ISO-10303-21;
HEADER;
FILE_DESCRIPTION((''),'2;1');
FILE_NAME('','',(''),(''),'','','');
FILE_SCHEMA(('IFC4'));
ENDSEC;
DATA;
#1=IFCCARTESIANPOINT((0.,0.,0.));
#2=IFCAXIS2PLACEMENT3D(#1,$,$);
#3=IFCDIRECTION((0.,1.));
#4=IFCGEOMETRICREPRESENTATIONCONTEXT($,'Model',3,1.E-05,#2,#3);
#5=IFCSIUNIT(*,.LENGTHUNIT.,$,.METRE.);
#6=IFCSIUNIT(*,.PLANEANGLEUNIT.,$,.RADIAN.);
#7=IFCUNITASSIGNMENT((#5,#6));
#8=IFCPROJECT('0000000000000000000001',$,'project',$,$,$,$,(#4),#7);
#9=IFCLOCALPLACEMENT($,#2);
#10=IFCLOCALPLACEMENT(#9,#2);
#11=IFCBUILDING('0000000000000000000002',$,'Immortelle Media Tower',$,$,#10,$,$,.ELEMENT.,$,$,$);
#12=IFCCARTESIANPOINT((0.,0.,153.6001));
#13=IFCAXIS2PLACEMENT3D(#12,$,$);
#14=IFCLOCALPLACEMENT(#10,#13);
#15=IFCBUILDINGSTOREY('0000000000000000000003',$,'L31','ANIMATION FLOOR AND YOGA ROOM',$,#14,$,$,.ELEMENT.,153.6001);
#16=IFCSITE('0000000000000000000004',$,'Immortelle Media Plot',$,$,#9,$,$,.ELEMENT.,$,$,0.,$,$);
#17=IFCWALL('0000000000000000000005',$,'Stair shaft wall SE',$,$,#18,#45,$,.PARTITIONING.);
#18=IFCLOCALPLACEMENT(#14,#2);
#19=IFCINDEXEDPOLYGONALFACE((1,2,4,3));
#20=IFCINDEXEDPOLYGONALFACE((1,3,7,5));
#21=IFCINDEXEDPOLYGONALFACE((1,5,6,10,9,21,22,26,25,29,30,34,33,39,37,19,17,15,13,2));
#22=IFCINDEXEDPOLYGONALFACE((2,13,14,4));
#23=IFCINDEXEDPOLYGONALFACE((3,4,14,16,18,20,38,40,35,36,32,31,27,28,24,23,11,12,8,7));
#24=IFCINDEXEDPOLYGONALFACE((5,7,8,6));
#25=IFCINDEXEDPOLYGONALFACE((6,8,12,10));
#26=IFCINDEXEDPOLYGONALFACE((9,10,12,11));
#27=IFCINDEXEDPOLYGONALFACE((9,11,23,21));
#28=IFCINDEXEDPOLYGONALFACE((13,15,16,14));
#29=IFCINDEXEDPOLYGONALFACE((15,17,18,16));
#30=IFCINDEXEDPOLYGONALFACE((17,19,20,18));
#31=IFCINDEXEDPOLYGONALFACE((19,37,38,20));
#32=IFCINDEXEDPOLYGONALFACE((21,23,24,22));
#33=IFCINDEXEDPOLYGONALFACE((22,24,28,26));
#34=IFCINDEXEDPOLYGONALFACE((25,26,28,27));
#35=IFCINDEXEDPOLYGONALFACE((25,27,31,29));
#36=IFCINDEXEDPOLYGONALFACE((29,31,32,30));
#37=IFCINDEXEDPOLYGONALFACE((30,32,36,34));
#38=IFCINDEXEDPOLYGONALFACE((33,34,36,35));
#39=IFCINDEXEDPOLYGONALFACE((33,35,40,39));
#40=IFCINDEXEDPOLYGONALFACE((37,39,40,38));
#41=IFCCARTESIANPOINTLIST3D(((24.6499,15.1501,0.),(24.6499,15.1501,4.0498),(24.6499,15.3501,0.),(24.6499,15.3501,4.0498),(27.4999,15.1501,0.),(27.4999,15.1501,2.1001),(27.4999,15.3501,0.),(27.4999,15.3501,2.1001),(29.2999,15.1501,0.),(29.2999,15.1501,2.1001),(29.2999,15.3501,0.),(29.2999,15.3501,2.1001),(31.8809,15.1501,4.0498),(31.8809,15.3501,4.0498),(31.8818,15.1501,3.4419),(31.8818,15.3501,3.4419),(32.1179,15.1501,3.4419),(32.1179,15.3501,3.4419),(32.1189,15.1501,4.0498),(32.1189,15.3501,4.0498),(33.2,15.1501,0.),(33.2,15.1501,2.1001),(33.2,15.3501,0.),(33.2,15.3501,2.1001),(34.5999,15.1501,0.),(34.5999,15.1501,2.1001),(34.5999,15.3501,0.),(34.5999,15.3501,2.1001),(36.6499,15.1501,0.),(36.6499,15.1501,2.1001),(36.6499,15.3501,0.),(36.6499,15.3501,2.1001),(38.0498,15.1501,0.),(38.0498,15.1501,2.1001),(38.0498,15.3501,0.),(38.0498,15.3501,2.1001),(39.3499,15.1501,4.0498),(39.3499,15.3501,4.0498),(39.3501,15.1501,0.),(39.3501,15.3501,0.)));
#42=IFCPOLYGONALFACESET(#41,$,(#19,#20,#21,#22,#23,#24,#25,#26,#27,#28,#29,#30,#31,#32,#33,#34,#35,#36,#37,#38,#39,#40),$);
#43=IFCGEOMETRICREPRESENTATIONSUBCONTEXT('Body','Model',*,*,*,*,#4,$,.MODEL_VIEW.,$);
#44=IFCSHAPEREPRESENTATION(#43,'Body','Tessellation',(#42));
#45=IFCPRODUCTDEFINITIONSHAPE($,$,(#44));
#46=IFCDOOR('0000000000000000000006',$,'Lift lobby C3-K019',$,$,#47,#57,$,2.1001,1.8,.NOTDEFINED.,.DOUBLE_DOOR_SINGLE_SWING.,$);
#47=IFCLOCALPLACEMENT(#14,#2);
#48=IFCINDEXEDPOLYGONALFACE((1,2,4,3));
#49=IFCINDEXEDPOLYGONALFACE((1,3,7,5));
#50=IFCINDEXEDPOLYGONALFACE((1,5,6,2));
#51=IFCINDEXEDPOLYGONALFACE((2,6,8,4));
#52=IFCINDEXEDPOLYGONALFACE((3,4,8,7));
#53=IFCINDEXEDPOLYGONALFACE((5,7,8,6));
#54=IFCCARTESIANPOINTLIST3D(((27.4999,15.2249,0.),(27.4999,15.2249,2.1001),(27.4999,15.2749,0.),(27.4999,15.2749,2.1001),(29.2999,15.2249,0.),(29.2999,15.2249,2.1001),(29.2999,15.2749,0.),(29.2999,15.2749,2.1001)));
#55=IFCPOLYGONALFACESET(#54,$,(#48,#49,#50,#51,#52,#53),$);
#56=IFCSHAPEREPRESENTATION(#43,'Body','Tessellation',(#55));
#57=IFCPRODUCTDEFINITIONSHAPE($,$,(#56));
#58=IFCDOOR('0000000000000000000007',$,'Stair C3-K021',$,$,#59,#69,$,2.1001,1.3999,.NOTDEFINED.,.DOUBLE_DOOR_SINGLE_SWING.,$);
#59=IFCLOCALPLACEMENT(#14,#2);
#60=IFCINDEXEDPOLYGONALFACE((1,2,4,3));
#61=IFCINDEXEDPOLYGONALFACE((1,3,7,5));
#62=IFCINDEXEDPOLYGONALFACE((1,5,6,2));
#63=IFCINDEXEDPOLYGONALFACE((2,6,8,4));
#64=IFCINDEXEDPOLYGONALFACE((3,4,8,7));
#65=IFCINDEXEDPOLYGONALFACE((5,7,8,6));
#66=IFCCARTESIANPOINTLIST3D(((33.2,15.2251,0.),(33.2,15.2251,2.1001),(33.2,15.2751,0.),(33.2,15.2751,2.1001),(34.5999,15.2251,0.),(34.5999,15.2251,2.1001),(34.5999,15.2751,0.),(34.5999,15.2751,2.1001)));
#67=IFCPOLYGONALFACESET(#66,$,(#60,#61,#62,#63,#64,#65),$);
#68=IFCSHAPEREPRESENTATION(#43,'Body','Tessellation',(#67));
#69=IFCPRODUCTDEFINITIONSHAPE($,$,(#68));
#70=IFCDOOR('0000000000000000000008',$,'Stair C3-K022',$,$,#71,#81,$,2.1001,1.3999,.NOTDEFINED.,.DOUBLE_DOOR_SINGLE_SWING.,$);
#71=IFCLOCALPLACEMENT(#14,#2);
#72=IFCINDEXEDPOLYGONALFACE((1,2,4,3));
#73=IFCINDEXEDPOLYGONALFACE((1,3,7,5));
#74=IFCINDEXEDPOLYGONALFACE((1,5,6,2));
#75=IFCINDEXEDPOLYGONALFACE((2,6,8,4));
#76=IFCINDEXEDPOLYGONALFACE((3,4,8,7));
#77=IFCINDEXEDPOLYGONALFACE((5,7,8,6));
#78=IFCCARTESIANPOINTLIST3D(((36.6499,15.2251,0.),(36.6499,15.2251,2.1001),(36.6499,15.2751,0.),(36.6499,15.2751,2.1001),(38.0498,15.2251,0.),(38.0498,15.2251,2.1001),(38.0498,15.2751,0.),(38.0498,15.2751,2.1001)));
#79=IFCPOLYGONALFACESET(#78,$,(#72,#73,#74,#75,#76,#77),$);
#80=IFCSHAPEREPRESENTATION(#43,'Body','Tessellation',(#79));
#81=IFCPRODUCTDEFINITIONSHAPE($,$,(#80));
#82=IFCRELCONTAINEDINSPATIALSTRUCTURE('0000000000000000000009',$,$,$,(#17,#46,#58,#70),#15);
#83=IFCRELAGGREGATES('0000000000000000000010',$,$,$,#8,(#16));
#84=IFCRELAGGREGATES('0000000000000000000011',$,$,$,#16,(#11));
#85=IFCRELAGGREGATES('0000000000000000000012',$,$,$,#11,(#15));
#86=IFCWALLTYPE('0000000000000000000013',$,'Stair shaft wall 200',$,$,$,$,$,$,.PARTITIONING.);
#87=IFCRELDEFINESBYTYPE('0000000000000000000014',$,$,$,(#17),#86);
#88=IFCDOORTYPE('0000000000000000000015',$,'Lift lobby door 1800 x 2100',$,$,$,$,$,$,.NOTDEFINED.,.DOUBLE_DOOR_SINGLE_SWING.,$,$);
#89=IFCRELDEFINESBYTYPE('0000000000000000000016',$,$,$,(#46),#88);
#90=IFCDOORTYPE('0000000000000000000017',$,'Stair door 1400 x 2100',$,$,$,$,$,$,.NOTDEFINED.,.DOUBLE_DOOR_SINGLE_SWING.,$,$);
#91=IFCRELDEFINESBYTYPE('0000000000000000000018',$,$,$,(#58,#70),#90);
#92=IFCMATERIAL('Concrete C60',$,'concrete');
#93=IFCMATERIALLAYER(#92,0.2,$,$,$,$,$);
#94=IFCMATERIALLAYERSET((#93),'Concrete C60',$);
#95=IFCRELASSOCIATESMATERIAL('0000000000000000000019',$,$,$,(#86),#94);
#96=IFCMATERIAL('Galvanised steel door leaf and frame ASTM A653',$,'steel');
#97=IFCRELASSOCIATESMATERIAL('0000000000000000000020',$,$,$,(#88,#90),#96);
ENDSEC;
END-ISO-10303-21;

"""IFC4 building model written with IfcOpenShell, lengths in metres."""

from ifc_helpers import new_model, si_unit, direction, frame, frame_2d, origin, place, context, subcontext, project, spatial, polyline, rectangle, outline, extrude, material, layer, layer_set, type_object, element, fill, save


model = new_model("IFC4")

# Units and contexts
model_context = context("Model", 3, precision=1e-05, world=origin(), true_north=direction((0.0, 1.0)))
body_context = subcontext(model_context, "Body", "Model", "MODEL_VIEW")
ifc_project = project(units=[si_unit("LENGTHUNIT", "METRE"), si_unit("PLANEANGLEUNIT", "RADIAN")], contexts=[model_context])

# Site, building, storey
site_placement = place(None, origin())
site = spatial("IfcSite", under=ifc_project, at=site_placement, Name="Immortelle Media Plot", CompositionType="ELEMENT", RefElevation=0.0)
building_placement = place(site_placement, origin())
building = spatial("IfcBuilding", under=site, at=building_placement, Name="Immortelle Media Tower", CompositionType="ELEMENT")
storey_placement = place(building_placement, frame((0.0, 0.0, 153.6001)))
storey = spatial("IfcBuildingStorey", under=building, at=storey_placement, Name="L31", Description="ANIMATION FLOOR AND YOGA ROOM", CompositionType="ELEMENT", Elevation=153.6001)

# Shared definitions
ifc_material_1 = material(Name="Concrete C60", Category="concrete")
ifc_layer_1 = layer(ifc_material_1, 0.2)
ifc_layer_set_1 = layer_set([ifc_layer_1], Name="Concrete C60")
wall_type_1 = type_object("IfcWallType", Name="Stair shaft wall 200", PredefinedType="PARTITIONING", material=ifc_layer_set_1)

# Wall, openings, doors
wall_1_placement = place(storey_placement, frame((24.6499, 15.25, 0.0), z_axis=(0.0, 0.0, 1.0), x_axis=(1.0, 0.0, 0.0)))
wall_1 = element("IfcWall", 1, at=wall_1_placement, inside=storey, type_object=wall_type_1, Name="Stair shaft wall SE", PredefinedType="PARTITIONING", context=body_context, shape_type="SweptSolid", body=[
    extrude(outline(polyline([(0.0, 0.0), (14.7002, 0.0), (14.7, 4.0498), (7.469, 4.0498), (7.468, 3.4419), (7.2319, 3.4419), (7.231, 4.0498), (0.0, 4.0498), (0.0, 0.0)])), frame((0.0, 0.1001, 0.0), z_axis=(0.0, -1.0, 0.0), x_axis=(1.0, 0.0, 0.0)), (0.0, 0.0, 1.0), 0.2),
])
opening_1_placement = place(wall_1_placement, frame((2.8501, 0.0, 0.0)))
opening_1 = element("IfcOpeningElement", 2, at=opening_1_placement, cuts=wall_1, PredefinedType="OPENING", context=body_context, shape_type="SweptSolid", body=[
    extrude(rectangle(XDim=1.8, YDim=2.1001, at=frame_2d((0.8999, 1.05))), frame((0.0, 0.1099, 0.0), z_axis=(0.0, -1.0, 0.0), x_axis=(1.0, 0.0, 0.0)), (0.0, 0.0, 1.0), 0.22),
])
opening_2_placement = place(wall_1_placement, frame((9.95, 0.0, 0.0), z_axis=(0.0, 0.0, 1.0), x_axis=(-1.0, 0.0, 0.0)))
opening_2 = element("IfcOpeningElement", 3, at=opening_2_placement, cuts=wall_1, PredefinedType="OPENING", context=body_context, shape_type="SweptSolid", body=[
    extrude(rectangle(XDim=1.3999, YDim=2.1001, at=frame_2d((0.7, 1.05))), frame((0.0, 0.1099, 0.0), z_axis=(0.0, -1.0, 0.0), x_axis=(1.0, 0.0, 0.0)), (0.0, 0.0, 1.0), 0.22),
])
opening_3_placement = place(wall_1_placement, frame((13.3999, 0.0, 0.0), z_axis=(0.0, 0.0, 1.0), x_axis=(-1.0, 0.0, 0.0)))
opening_3 = element("IfcOpeningElement", 4, at=opening_3_placement, cuts=wall_1, PredefinedType="OPENING", context=body_context, shape_type="SweptSolid", body=[
    extrude(rectangle(XDim=1.3999, YDim=2.1001, at=frame_2d((0.7, 1.05))), frame((0.0, 0.1099, 0.0), z_axis=(0.0, -1.0, 0.0), x_axis=(1.0, 0.0, 0.0)), (0.0, 0.0, 1.0), 0.22),
])
ifc_material_2 = material(Name="Galvanised steel door leaf and frame ASTM A653", Category="steel")
door_type_1 = type_object("IfcDoorType", Name="Lift lobby door 1800 x 2100", OperationType="DOUBLE_DOOR_SINGLE_SWING", PredefinedType="NOTDEFINED", material=ifc_material_2)
door_1_placement = place(opening_1_placement, origin())
door_1 = element("IfcDoor", 5, at=door_1_placement, inside=storey, type_object=door_type_1, Name="Lift lobby C3-K019", OperationType="DOUBLE_DOOR_SINGLE_SWING", OverallHeight=2.1001, OverallWidth=1.8, PredefinedType="NOTDEFINED", context=body_context, shape_type="SweptSolid", body=[
    extrude(rectangle(XDim=1.8, YDim=2.1001, at=frame_2d((0.8999, 1.05))), frame((0.0, 0.0249, 0.0), z_axis=(0.0, -1.0, 0.0), x_axis=(1.0, 0.0, 0.0)), (0.0, 0.0, 1.0), 0.05),
])
fill(opening_1, door_1)
door_type_2 = type_object("IfcDoorType", Name="Stair door 1400 x 2100", OperationType="DOUBLE_DOOR_SINGLE_SWING", PredefinedType="NOTDEFINED", material=ifc_material_2)
door_2_placement = place(opening_2_placement, origin())
door_2 = element("IfcDoor", 6, at=door_2_placement, inside=storey, type_object=door_type_2, Name="Stair C3-K021", OperationType="DOUBLE_DOOR_SINGLE_SWING", OverallHeight=2.1001, OverallWidth=1.3999, PredefinedType="NOTDEFINED", context=body_context, shape_type="SweptSolid", body=[
    extrude(rectangle(XDim=1.3999, YDim=2.1001, at=frame_2d((0.7, 1.05))), frame((0.0, 0.0249, 0.0), z_axis=(0.0, -1.0, 0.0), x_axis=(1.0, 0.0, 0.0)), (0.0, 0.0, 1.0), 0.05),
])
fill(opening_2, door_2)
door_3_placement = place(opening_3_placement, origin())
door_3 = element("IfcDoor", 7, at=door_3_placement, inside=storey, type_object=door_type_2, Name="Stair C3-K022", OperationType="DOUBLE_DOOR_SINGLE_SWING", OverallHeight=2.1001, OverallWidth=1.3999, PredefinedType="NOTDEFINED", context=body_context, shape_type="SweptSolid", body=[
    extrude(rectangle(XDim=1.3999, YDim=2.1001, at=frame_2d((0.7, 1.05))), frame((0.0, 0.0249, 0.0), z_axis=(0.0, -1.0, 0.0), x_axis=(1.0, 0.0, 0.0)), (0.0, 0.0, 1.0), 0.05),
])
fill(opening_3, door_3)

save(model, "model.ifc")
